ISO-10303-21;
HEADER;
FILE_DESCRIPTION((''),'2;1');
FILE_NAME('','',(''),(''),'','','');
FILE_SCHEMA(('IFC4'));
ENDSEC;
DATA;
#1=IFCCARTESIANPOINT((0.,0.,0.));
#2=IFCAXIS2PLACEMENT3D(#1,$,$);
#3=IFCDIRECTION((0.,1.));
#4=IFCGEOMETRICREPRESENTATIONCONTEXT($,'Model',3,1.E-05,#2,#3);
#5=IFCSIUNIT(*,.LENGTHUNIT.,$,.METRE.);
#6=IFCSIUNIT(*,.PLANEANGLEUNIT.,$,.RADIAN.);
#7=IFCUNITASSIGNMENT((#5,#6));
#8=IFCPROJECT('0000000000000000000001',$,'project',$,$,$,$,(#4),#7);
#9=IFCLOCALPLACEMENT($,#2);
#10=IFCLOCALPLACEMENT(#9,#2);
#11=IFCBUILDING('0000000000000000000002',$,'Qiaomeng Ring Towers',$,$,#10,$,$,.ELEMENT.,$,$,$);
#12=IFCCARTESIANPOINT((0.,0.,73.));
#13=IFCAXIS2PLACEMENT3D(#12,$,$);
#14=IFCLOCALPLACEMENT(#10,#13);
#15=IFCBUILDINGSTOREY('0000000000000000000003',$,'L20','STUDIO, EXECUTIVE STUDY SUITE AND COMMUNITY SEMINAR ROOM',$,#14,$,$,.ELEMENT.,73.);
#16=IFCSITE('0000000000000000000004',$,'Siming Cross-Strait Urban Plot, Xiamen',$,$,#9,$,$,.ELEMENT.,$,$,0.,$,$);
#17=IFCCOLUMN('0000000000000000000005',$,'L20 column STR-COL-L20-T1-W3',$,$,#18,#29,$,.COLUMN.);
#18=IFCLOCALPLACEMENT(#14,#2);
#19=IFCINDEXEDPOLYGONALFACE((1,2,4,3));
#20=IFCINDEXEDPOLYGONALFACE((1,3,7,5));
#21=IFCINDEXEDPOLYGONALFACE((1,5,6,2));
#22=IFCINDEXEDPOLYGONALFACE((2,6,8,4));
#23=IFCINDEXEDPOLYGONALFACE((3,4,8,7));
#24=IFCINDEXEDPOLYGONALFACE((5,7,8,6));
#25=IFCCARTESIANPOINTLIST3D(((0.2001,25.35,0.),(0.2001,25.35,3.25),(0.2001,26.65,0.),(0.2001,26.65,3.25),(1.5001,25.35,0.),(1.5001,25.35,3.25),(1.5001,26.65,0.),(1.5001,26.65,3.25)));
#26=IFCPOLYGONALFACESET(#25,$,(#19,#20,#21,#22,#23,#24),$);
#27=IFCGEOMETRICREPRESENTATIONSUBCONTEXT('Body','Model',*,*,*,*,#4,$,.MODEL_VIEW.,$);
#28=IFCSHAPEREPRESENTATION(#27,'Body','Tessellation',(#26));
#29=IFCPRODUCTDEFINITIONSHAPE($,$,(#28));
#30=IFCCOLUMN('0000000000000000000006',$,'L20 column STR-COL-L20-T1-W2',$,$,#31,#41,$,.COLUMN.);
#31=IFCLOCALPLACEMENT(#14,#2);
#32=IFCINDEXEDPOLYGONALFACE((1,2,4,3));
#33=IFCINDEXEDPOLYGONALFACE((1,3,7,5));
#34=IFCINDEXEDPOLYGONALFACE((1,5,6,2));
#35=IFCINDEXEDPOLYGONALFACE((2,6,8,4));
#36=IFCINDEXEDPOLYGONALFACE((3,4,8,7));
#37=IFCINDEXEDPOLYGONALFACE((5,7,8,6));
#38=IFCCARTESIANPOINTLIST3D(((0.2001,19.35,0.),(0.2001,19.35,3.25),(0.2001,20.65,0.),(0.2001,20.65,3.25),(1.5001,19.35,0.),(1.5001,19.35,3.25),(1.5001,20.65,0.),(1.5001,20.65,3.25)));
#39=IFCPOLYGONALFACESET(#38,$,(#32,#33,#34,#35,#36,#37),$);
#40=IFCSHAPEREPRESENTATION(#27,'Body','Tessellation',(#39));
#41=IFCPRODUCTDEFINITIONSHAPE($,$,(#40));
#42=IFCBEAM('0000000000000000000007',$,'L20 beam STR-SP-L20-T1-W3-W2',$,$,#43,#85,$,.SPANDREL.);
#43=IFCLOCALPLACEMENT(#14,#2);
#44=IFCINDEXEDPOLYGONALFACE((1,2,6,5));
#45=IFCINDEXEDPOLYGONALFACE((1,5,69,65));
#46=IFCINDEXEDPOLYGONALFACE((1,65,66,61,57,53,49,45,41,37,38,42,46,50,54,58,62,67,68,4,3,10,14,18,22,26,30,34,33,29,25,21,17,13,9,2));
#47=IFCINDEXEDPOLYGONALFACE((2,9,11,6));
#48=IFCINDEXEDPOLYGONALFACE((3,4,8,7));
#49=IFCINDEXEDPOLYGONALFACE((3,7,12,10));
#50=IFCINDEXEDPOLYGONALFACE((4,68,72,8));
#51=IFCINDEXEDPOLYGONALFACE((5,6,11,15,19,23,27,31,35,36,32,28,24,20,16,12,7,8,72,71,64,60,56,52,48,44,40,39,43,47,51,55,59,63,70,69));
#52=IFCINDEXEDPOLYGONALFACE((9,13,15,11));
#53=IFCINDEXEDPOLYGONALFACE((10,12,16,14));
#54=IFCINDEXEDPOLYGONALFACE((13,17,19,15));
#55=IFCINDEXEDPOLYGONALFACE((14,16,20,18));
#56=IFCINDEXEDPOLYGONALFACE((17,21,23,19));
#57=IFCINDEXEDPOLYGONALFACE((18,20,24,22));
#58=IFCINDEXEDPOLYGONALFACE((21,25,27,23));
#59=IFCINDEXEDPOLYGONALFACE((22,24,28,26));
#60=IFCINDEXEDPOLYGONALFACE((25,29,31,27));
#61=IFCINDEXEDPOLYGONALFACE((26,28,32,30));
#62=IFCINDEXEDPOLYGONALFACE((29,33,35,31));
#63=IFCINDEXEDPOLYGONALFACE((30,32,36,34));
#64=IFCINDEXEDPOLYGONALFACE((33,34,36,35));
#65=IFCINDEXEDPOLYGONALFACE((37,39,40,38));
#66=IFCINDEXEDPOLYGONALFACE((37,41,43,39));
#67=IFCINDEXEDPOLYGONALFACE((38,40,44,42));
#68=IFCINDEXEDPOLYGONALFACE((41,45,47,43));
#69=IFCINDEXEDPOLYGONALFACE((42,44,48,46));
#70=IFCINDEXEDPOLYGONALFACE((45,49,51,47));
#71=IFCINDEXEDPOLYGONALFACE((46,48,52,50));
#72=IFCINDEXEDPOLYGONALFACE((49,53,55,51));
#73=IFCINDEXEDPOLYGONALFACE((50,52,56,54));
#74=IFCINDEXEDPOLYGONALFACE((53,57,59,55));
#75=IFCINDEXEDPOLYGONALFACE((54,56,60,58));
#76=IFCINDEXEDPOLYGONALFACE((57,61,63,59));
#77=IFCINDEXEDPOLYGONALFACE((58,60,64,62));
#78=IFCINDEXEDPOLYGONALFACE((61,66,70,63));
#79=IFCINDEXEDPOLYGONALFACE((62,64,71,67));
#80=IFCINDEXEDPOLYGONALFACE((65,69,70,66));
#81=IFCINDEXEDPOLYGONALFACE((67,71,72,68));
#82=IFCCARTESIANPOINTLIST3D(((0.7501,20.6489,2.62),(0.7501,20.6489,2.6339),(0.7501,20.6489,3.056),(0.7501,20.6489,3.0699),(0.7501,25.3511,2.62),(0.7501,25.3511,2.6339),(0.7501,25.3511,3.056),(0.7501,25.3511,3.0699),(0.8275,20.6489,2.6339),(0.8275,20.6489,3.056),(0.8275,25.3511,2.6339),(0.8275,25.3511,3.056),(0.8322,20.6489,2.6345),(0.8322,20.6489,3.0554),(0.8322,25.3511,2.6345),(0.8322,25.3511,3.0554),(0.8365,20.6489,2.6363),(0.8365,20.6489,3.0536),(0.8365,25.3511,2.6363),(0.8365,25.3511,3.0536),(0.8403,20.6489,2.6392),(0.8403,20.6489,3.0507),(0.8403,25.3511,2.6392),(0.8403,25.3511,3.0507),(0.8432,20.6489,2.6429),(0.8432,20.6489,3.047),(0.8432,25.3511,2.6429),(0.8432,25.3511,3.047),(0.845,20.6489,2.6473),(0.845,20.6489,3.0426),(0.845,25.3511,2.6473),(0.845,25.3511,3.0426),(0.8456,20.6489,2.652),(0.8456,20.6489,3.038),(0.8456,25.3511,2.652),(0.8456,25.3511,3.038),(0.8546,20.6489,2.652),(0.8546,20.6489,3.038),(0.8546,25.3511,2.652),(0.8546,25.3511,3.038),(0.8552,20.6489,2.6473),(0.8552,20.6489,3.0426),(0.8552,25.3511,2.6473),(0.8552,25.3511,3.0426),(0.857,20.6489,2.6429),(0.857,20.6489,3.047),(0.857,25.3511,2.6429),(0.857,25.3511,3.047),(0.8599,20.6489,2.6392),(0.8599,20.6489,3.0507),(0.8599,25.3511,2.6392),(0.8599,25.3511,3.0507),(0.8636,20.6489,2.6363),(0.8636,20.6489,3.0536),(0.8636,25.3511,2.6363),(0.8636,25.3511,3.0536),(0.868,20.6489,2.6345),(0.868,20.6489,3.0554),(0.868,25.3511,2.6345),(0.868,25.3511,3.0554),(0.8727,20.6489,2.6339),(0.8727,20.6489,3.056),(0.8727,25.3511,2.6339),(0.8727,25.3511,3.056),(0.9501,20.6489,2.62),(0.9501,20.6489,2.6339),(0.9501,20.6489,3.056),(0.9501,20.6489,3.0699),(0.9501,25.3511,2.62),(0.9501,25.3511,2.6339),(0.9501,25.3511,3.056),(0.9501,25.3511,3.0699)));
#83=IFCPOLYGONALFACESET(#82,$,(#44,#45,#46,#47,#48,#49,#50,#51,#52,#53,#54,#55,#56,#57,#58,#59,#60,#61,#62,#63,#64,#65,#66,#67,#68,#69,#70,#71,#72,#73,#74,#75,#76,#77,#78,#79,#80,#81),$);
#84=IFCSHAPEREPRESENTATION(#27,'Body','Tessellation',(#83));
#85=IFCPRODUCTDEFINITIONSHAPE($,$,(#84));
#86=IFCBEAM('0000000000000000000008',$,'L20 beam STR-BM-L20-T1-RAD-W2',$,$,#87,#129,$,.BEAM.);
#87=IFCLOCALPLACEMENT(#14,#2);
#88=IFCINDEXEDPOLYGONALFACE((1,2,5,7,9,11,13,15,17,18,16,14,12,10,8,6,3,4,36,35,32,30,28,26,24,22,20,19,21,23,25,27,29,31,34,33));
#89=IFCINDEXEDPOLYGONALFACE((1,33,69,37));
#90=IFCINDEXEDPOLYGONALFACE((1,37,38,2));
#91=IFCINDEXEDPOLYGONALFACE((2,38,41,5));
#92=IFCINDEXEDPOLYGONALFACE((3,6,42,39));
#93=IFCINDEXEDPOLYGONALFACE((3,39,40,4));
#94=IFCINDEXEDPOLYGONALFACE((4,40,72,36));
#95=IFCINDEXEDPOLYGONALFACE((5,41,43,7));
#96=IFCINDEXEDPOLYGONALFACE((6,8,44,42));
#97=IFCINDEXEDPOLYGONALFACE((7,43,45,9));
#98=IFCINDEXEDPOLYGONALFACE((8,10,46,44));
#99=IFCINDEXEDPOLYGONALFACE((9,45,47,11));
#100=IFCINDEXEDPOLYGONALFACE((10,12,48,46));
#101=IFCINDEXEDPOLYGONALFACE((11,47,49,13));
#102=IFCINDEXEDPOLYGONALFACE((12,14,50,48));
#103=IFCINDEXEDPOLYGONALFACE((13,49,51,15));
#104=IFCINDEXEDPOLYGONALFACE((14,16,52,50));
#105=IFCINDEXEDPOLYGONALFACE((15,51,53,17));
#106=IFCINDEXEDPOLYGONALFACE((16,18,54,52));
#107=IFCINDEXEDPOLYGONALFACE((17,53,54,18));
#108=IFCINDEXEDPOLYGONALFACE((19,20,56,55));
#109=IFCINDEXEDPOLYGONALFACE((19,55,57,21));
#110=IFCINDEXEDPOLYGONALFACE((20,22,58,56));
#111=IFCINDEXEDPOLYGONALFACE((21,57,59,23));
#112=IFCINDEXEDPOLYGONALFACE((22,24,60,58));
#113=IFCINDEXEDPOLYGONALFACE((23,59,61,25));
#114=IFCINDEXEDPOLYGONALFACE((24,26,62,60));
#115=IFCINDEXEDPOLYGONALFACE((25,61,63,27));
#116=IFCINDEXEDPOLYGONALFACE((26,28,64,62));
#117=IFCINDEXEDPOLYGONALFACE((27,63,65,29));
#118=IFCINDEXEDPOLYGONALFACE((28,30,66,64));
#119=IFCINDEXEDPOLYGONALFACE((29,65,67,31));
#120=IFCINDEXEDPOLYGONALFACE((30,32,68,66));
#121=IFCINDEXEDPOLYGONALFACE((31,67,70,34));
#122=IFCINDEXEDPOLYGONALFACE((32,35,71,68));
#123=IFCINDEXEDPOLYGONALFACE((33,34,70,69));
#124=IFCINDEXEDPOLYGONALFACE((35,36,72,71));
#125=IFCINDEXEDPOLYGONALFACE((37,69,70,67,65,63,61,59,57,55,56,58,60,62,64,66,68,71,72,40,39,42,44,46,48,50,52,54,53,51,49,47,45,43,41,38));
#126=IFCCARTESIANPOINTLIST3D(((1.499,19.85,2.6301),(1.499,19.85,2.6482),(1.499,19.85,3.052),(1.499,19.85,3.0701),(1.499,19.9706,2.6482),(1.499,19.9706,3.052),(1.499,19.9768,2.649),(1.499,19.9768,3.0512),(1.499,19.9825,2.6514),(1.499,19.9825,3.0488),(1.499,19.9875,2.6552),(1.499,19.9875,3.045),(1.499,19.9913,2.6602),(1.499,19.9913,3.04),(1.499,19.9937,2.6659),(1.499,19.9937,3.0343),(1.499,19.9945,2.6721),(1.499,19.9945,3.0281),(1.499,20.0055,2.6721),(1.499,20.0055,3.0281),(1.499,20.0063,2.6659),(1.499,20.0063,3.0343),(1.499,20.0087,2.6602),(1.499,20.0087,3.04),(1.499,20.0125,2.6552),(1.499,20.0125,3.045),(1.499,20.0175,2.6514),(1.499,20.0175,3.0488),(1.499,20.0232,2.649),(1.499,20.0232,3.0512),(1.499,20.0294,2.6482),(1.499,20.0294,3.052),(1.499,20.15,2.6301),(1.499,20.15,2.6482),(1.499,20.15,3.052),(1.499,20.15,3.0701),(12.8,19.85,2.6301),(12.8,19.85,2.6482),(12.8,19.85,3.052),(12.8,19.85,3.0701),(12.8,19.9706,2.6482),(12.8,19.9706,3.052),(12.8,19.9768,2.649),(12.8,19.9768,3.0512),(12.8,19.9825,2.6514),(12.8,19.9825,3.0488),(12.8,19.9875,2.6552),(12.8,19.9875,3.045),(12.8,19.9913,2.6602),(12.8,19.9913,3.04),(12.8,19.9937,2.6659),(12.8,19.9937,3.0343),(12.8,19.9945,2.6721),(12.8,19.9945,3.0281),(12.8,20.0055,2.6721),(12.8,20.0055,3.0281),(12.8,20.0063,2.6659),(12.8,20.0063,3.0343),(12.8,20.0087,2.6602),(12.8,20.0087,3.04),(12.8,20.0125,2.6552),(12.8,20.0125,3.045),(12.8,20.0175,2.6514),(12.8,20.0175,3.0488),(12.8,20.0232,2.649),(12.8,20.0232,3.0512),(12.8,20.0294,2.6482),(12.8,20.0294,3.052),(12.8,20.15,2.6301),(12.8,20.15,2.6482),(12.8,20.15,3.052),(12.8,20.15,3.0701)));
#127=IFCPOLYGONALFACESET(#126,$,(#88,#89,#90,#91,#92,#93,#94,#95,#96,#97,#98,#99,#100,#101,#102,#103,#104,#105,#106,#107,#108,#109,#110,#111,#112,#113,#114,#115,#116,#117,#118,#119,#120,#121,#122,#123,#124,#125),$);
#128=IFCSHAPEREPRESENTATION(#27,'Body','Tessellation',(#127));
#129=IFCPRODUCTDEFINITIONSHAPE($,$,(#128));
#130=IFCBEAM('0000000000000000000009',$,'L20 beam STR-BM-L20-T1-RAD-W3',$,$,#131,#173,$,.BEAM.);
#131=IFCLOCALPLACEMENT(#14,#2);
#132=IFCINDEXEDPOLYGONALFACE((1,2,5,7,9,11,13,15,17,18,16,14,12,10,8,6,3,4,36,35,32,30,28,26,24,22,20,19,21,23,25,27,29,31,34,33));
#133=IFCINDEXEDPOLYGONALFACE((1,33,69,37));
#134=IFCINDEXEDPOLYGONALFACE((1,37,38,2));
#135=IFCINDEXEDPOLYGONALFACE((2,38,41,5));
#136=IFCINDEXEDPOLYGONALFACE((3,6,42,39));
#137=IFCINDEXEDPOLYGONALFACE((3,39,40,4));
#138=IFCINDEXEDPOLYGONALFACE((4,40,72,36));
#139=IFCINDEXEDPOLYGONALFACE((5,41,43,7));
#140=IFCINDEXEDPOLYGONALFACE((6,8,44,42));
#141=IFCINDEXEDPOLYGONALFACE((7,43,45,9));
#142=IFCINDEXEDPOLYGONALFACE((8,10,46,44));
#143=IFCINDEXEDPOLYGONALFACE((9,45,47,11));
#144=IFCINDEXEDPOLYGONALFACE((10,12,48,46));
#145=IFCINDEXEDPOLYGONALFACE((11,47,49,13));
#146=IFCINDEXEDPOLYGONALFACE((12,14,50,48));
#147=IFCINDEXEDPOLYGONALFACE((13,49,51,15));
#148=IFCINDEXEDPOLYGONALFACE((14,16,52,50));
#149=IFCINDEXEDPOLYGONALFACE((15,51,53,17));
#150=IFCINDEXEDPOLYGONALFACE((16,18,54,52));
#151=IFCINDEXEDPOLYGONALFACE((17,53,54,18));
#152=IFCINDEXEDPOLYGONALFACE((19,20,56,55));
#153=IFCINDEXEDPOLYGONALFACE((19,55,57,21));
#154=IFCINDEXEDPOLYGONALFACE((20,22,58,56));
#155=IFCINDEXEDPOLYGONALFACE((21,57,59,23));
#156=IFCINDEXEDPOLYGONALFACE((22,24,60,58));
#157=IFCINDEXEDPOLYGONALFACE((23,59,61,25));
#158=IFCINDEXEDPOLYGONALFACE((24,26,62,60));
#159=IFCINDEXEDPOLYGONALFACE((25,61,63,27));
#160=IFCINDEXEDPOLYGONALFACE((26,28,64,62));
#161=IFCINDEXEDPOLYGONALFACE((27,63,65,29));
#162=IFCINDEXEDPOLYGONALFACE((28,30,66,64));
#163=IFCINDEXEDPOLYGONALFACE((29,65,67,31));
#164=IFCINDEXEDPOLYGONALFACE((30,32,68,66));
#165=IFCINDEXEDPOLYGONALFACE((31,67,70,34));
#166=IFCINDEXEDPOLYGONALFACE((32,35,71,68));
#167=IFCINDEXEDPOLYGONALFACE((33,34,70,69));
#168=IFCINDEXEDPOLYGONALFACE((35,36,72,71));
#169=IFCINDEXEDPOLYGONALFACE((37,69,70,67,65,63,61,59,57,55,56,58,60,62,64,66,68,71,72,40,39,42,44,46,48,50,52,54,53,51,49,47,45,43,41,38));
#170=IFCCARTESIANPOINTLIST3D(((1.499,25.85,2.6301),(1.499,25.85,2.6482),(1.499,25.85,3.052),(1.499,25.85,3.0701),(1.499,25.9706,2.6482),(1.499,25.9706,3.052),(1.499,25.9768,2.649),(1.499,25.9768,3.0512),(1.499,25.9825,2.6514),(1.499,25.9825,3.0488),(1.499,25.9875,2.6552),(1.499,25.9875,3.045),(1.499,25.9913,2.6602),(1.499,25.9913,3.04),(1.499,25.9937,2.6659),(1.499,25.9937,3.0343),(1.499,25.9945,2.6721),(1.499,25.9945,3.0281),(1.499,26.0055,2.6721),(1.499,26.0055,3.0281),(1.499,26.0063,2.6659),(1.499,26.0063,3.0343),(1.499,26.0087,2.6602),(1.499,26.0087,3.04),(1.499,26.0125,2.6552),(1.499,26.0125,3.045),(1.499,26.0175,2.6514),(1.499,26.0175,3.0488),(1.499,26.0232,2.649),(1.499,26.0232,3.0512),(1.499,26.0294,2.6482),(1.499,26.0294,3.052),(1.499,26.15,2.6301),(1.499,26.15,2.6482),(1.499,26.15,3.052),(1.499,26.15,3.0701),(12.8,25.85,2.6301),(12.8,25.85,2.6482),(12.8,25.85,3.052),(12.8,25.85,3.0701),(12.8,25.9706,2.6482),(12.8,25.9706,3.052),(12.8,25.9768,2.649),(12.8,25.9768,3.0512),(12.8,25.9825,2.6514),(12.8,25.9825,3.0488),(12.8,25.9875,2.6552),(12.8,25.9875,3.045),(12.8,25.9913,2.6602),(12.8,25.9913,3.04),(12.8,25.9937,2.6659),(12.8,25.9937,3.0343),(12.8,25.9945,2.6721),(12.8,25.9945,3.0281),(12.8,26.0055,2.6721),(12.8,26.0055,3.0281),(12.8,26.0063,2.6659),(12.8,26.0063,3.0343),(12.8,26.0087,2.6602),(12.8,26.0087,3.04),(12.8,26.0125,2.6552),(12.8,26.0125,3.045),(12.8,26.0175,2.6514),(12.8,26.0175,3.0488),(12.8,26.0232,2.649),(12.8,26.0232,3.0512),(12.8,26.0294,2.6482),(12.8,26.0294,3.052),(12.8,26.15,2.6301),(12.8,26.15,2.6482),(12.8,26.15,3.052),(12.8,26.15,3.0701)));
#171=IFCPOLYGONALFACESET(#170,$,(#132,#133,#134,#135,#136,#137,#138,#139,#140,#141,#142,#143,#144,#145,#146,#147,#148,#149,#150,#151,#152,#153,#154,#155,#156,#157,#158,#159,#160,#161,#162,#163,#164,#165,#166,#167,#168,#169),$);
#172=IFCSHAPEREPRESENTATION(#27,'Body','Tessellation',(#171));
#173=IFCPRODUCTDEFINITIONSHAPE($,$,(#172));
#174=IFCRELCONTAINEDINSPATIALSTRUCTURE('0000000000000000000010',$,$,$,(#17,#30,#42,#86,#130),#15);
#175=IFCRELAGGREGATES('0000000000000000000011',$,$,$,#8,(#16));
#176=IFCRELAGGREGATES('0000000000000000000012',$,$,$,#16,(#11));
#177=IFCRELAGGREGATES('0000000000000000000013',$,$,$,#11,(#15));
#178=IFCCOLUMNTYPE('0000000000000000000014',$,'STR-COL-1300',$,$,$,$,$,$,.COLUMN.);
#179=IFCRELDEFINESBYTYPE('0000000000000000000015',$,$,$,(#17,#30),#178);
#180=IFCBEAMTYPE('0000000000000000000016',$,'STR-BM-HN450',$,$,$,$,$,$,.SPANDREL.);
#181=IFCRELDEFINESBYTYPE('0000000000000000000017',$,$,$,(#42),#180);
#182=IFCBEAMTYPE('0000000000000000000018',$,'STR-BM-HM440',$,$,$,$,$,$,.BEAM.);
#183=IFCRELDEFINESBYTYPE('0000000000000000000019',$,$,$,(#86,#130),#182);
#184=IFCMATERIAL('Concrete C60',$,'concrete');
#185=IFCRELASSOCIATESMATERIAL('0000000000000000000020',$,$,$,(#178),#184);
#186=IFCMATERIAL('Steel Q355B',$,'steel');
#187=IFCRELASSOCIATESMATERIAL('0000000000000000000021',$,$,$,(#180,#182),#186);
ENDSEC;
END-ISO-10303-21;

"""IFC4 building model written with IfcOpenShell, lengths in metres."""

from ifc_helpers import new_model, si_unit, direction, frame, origin, origin_2d, place, context, subcontext, project, spatial, rectangle, i_section, extrude, source, transform, mapped, material, material_profile, profile_set, type_object, element, save


model = new_model("IFC4")

# Units and contexts
model_context = context("Model", 3, precision=1e-05, world=origin(), true_north=direction((0.0, 1.0)))
body_context = subcontext(model_context, "Body", "Model", "MODEL_VIEW")
ifc_project = project(units=[si_unit("LENGTHUNIT", "METRE"), si_unit("PLANEANGLEUNIT", "RADIAN")], contexts=[model_context])

# Site, building, storey
site_placement = place(None, origin())
site = spatial("IfcSite", under=ifc_project, at=site_placement, Name="Siming Cross-Strait Urban Plot, Xiamen", CompositionType="ELEMENT", RefElevation=0.0)
building_placement = place(site_placement, origin())
building = spatial("IfcBuilding", under=site, at=building_placement, Name="Qiaomeng Ring Towers", CompositionType="ELEMENT")
storey_placement = place(building_placement, frame((0.0, 0.0, 73.0)))
storey = spatial("IfcBuildingStorey", under=building, at=storey_placement, Name="L20", Description="STUDIO, EXECUTIVE STUDY SUITE AND COMMUNITY SEMINAR ROOM", CompositionType="ELEMENT", Elevation=73.0)

# Columns
ifc_material_1 = material(Name="Concrete C60", Category="concrete")
ifc_material_profile_1 = material_profile(ifc_material_1, rectangle(XDim=1.3, YDim=1.3, at=origin_2d()), Name="RC COL 1300x1300")
ifc_profile_set_1 = profile_set([ifc_material_profile_1], Name="Concrete C60")
column_type = type_object("IfcColumnType", Name="STR-COL-1300", PredefinedType="COLUMN", material=ifc_profile_set_1)
shared_shape_1 = source(origin(), body_context, "Body", "SweptSolid", [
    extrude(rectangle(XDim=1.3, YDim=1.3, at=origin_2d()), origin(), (0.0, 0.0, 1.0), 3.25),
])
for number, where, z_axis, x_axis, name in (
    (1, (0.8501, 26.0, 0.0), (0.0, 0.0, 1.0), (1.0, 0.0, 0.0), "L20 column STR-COL-L20-T1-W3"),
    (2, (0.8501, 20.0, 0.0), (0.0, 0.0, 1.0), (1.0, 0.0, 0.0), "L20 column STR-COL-L20-T1-W2"),
):
    element("IfcColumn", number, at=place(storey_placement, frame(where, z_axis=z_axis, x_axis=x_axis)), inside=storey, type_object=column_type, Name=name, PredefinedType="COLUMN", context=body_context, shape_type="MappedRepresentation", body=[
        mapped(shared_shape_1, transform((0.0, 0.0, 0.0), x_axis=(1.0, 0.0, 0.0), y_axis=(0.0, 1.0, 0.0), z_axis=(0.0, 0.0, 1.0), scale=1.0)),
    ])

# Beams
ifc_material_2 = material(Name="Steel Q355B", Category="steel")
ifc_material_profile_2 = material_profile(ifc_material_2, i_section(OverallWidth=0.2, OverallDepth=0.45, WebThickness=0.009, FlangeThickness=0.0139, FilletRadius=0.0181, at=origin_2d()), Name="HN 450x200x9x14")
ifc_profile_set_2 = profile_set([ifc_material_profile_2], Name="Steel Q355B")
beam_type_1 = type_object("IfcBeamType", Name="STR-BM-HN450", PredefinedType="SPANDREL", material=ifc_profile_set_2)
shared_shape_2 = source(origin(), body_context, "Body", "SweptSolid", [
    extrude(i_section(OverallWidth=0.2, OverallDepth=0.45, WebThickness=0.009, FlangeThickness=0.0139, FilletRadius=0.0181, at=origin_2d()), origin(), (0.0, 0.0, 1.0), 4.7021),
])
beam_1_placement = place(storey_placement, frame((0.8501, 25.3511, 2.845), z_axis=(0.0, -1.0, 0.0), x_axis=(1.0, 0.0, 0.0)))
element("IfcBeam", 3, at=beam_1_placement, inside=storey, type_object=beam_type_1, Name="L20 beam STR-SP-L20-T1-W3-W2", PredefinedType="SPANDREL", context=body_context, shape_type="MappedRepresentation", body=[
    mapped(shared_shape_2, transform((0.0, 0.0, 0.0), x_axis=(1.0, 0.0, 0.0), y_axis=(0.0, 1.0, 0.0), z_axis=(0.0, 0.0, 1.0), scale=1.0)),
])
ifc_material_profile_3 = material_profile(ifc_material_2, i_section(OverallWidth=0.3, OverallDepth=0.4399, WebThickness=0.011, FlangeThickness=0.0181, FilletRadius=0.0239, at=origin_2d()), Name="HM 440x300x11x18")
ifc_profile_set_3 = profile_set([ifc_material_profile_3], Name="Steel Q355B")
beam_type_2 = type_object("IfcBeamType", Name="STR-BM-HM440", PredefinedType="BEAM", material=ifc_profile_set_3)
shared_shape_3 = source(origin(), body_context, "Body", "SweptSolid", [
    extrude(i_section(OverallWidth=0.3, OverallDepth=0.4399, WebThickness=0.011, FlangeThickness=0.0181, FilletRadius=0.0239, at=origin_2d()), origin(), (0.0, 0.0, 1.0), 11.301),
])
for number, where, z_axis, x_axis, name in (
    (4, (1.499, 20.0, 2.8501), (1.0, 0.0, 0.0), (0.0, 1.0, 0.0), "L20 beam STR-BM-L20-T1-RAD-W2"),
    (5, (1.499, 26.0, 2.8501), (1.0, 0.0, 0.0), (0.0, 1.0, 0.0), "L20 beam STR-BM-L20-T1-RAD-W3"),
):
    element("IfcBeam", number, at=place(storey_placement, frame(where, z_axis=z_axis, x_axis=x_axis)), inside=storey, type_object=beam_type_2, Name=name, PredefinedType="BEAM", context=body_context, shape_type="MappedRepresentation", body=[
        mapped(shared_shape_3, transform((0.0, 0.0, 0.0), x_axis=(1.0, 0.0, 0.0), y_axis=(0.0, 1.0, 0.0), z_axis=(0.0, 0.0, 1.0), scale=1.0)),
    ])

save(model, "model.ifc")
